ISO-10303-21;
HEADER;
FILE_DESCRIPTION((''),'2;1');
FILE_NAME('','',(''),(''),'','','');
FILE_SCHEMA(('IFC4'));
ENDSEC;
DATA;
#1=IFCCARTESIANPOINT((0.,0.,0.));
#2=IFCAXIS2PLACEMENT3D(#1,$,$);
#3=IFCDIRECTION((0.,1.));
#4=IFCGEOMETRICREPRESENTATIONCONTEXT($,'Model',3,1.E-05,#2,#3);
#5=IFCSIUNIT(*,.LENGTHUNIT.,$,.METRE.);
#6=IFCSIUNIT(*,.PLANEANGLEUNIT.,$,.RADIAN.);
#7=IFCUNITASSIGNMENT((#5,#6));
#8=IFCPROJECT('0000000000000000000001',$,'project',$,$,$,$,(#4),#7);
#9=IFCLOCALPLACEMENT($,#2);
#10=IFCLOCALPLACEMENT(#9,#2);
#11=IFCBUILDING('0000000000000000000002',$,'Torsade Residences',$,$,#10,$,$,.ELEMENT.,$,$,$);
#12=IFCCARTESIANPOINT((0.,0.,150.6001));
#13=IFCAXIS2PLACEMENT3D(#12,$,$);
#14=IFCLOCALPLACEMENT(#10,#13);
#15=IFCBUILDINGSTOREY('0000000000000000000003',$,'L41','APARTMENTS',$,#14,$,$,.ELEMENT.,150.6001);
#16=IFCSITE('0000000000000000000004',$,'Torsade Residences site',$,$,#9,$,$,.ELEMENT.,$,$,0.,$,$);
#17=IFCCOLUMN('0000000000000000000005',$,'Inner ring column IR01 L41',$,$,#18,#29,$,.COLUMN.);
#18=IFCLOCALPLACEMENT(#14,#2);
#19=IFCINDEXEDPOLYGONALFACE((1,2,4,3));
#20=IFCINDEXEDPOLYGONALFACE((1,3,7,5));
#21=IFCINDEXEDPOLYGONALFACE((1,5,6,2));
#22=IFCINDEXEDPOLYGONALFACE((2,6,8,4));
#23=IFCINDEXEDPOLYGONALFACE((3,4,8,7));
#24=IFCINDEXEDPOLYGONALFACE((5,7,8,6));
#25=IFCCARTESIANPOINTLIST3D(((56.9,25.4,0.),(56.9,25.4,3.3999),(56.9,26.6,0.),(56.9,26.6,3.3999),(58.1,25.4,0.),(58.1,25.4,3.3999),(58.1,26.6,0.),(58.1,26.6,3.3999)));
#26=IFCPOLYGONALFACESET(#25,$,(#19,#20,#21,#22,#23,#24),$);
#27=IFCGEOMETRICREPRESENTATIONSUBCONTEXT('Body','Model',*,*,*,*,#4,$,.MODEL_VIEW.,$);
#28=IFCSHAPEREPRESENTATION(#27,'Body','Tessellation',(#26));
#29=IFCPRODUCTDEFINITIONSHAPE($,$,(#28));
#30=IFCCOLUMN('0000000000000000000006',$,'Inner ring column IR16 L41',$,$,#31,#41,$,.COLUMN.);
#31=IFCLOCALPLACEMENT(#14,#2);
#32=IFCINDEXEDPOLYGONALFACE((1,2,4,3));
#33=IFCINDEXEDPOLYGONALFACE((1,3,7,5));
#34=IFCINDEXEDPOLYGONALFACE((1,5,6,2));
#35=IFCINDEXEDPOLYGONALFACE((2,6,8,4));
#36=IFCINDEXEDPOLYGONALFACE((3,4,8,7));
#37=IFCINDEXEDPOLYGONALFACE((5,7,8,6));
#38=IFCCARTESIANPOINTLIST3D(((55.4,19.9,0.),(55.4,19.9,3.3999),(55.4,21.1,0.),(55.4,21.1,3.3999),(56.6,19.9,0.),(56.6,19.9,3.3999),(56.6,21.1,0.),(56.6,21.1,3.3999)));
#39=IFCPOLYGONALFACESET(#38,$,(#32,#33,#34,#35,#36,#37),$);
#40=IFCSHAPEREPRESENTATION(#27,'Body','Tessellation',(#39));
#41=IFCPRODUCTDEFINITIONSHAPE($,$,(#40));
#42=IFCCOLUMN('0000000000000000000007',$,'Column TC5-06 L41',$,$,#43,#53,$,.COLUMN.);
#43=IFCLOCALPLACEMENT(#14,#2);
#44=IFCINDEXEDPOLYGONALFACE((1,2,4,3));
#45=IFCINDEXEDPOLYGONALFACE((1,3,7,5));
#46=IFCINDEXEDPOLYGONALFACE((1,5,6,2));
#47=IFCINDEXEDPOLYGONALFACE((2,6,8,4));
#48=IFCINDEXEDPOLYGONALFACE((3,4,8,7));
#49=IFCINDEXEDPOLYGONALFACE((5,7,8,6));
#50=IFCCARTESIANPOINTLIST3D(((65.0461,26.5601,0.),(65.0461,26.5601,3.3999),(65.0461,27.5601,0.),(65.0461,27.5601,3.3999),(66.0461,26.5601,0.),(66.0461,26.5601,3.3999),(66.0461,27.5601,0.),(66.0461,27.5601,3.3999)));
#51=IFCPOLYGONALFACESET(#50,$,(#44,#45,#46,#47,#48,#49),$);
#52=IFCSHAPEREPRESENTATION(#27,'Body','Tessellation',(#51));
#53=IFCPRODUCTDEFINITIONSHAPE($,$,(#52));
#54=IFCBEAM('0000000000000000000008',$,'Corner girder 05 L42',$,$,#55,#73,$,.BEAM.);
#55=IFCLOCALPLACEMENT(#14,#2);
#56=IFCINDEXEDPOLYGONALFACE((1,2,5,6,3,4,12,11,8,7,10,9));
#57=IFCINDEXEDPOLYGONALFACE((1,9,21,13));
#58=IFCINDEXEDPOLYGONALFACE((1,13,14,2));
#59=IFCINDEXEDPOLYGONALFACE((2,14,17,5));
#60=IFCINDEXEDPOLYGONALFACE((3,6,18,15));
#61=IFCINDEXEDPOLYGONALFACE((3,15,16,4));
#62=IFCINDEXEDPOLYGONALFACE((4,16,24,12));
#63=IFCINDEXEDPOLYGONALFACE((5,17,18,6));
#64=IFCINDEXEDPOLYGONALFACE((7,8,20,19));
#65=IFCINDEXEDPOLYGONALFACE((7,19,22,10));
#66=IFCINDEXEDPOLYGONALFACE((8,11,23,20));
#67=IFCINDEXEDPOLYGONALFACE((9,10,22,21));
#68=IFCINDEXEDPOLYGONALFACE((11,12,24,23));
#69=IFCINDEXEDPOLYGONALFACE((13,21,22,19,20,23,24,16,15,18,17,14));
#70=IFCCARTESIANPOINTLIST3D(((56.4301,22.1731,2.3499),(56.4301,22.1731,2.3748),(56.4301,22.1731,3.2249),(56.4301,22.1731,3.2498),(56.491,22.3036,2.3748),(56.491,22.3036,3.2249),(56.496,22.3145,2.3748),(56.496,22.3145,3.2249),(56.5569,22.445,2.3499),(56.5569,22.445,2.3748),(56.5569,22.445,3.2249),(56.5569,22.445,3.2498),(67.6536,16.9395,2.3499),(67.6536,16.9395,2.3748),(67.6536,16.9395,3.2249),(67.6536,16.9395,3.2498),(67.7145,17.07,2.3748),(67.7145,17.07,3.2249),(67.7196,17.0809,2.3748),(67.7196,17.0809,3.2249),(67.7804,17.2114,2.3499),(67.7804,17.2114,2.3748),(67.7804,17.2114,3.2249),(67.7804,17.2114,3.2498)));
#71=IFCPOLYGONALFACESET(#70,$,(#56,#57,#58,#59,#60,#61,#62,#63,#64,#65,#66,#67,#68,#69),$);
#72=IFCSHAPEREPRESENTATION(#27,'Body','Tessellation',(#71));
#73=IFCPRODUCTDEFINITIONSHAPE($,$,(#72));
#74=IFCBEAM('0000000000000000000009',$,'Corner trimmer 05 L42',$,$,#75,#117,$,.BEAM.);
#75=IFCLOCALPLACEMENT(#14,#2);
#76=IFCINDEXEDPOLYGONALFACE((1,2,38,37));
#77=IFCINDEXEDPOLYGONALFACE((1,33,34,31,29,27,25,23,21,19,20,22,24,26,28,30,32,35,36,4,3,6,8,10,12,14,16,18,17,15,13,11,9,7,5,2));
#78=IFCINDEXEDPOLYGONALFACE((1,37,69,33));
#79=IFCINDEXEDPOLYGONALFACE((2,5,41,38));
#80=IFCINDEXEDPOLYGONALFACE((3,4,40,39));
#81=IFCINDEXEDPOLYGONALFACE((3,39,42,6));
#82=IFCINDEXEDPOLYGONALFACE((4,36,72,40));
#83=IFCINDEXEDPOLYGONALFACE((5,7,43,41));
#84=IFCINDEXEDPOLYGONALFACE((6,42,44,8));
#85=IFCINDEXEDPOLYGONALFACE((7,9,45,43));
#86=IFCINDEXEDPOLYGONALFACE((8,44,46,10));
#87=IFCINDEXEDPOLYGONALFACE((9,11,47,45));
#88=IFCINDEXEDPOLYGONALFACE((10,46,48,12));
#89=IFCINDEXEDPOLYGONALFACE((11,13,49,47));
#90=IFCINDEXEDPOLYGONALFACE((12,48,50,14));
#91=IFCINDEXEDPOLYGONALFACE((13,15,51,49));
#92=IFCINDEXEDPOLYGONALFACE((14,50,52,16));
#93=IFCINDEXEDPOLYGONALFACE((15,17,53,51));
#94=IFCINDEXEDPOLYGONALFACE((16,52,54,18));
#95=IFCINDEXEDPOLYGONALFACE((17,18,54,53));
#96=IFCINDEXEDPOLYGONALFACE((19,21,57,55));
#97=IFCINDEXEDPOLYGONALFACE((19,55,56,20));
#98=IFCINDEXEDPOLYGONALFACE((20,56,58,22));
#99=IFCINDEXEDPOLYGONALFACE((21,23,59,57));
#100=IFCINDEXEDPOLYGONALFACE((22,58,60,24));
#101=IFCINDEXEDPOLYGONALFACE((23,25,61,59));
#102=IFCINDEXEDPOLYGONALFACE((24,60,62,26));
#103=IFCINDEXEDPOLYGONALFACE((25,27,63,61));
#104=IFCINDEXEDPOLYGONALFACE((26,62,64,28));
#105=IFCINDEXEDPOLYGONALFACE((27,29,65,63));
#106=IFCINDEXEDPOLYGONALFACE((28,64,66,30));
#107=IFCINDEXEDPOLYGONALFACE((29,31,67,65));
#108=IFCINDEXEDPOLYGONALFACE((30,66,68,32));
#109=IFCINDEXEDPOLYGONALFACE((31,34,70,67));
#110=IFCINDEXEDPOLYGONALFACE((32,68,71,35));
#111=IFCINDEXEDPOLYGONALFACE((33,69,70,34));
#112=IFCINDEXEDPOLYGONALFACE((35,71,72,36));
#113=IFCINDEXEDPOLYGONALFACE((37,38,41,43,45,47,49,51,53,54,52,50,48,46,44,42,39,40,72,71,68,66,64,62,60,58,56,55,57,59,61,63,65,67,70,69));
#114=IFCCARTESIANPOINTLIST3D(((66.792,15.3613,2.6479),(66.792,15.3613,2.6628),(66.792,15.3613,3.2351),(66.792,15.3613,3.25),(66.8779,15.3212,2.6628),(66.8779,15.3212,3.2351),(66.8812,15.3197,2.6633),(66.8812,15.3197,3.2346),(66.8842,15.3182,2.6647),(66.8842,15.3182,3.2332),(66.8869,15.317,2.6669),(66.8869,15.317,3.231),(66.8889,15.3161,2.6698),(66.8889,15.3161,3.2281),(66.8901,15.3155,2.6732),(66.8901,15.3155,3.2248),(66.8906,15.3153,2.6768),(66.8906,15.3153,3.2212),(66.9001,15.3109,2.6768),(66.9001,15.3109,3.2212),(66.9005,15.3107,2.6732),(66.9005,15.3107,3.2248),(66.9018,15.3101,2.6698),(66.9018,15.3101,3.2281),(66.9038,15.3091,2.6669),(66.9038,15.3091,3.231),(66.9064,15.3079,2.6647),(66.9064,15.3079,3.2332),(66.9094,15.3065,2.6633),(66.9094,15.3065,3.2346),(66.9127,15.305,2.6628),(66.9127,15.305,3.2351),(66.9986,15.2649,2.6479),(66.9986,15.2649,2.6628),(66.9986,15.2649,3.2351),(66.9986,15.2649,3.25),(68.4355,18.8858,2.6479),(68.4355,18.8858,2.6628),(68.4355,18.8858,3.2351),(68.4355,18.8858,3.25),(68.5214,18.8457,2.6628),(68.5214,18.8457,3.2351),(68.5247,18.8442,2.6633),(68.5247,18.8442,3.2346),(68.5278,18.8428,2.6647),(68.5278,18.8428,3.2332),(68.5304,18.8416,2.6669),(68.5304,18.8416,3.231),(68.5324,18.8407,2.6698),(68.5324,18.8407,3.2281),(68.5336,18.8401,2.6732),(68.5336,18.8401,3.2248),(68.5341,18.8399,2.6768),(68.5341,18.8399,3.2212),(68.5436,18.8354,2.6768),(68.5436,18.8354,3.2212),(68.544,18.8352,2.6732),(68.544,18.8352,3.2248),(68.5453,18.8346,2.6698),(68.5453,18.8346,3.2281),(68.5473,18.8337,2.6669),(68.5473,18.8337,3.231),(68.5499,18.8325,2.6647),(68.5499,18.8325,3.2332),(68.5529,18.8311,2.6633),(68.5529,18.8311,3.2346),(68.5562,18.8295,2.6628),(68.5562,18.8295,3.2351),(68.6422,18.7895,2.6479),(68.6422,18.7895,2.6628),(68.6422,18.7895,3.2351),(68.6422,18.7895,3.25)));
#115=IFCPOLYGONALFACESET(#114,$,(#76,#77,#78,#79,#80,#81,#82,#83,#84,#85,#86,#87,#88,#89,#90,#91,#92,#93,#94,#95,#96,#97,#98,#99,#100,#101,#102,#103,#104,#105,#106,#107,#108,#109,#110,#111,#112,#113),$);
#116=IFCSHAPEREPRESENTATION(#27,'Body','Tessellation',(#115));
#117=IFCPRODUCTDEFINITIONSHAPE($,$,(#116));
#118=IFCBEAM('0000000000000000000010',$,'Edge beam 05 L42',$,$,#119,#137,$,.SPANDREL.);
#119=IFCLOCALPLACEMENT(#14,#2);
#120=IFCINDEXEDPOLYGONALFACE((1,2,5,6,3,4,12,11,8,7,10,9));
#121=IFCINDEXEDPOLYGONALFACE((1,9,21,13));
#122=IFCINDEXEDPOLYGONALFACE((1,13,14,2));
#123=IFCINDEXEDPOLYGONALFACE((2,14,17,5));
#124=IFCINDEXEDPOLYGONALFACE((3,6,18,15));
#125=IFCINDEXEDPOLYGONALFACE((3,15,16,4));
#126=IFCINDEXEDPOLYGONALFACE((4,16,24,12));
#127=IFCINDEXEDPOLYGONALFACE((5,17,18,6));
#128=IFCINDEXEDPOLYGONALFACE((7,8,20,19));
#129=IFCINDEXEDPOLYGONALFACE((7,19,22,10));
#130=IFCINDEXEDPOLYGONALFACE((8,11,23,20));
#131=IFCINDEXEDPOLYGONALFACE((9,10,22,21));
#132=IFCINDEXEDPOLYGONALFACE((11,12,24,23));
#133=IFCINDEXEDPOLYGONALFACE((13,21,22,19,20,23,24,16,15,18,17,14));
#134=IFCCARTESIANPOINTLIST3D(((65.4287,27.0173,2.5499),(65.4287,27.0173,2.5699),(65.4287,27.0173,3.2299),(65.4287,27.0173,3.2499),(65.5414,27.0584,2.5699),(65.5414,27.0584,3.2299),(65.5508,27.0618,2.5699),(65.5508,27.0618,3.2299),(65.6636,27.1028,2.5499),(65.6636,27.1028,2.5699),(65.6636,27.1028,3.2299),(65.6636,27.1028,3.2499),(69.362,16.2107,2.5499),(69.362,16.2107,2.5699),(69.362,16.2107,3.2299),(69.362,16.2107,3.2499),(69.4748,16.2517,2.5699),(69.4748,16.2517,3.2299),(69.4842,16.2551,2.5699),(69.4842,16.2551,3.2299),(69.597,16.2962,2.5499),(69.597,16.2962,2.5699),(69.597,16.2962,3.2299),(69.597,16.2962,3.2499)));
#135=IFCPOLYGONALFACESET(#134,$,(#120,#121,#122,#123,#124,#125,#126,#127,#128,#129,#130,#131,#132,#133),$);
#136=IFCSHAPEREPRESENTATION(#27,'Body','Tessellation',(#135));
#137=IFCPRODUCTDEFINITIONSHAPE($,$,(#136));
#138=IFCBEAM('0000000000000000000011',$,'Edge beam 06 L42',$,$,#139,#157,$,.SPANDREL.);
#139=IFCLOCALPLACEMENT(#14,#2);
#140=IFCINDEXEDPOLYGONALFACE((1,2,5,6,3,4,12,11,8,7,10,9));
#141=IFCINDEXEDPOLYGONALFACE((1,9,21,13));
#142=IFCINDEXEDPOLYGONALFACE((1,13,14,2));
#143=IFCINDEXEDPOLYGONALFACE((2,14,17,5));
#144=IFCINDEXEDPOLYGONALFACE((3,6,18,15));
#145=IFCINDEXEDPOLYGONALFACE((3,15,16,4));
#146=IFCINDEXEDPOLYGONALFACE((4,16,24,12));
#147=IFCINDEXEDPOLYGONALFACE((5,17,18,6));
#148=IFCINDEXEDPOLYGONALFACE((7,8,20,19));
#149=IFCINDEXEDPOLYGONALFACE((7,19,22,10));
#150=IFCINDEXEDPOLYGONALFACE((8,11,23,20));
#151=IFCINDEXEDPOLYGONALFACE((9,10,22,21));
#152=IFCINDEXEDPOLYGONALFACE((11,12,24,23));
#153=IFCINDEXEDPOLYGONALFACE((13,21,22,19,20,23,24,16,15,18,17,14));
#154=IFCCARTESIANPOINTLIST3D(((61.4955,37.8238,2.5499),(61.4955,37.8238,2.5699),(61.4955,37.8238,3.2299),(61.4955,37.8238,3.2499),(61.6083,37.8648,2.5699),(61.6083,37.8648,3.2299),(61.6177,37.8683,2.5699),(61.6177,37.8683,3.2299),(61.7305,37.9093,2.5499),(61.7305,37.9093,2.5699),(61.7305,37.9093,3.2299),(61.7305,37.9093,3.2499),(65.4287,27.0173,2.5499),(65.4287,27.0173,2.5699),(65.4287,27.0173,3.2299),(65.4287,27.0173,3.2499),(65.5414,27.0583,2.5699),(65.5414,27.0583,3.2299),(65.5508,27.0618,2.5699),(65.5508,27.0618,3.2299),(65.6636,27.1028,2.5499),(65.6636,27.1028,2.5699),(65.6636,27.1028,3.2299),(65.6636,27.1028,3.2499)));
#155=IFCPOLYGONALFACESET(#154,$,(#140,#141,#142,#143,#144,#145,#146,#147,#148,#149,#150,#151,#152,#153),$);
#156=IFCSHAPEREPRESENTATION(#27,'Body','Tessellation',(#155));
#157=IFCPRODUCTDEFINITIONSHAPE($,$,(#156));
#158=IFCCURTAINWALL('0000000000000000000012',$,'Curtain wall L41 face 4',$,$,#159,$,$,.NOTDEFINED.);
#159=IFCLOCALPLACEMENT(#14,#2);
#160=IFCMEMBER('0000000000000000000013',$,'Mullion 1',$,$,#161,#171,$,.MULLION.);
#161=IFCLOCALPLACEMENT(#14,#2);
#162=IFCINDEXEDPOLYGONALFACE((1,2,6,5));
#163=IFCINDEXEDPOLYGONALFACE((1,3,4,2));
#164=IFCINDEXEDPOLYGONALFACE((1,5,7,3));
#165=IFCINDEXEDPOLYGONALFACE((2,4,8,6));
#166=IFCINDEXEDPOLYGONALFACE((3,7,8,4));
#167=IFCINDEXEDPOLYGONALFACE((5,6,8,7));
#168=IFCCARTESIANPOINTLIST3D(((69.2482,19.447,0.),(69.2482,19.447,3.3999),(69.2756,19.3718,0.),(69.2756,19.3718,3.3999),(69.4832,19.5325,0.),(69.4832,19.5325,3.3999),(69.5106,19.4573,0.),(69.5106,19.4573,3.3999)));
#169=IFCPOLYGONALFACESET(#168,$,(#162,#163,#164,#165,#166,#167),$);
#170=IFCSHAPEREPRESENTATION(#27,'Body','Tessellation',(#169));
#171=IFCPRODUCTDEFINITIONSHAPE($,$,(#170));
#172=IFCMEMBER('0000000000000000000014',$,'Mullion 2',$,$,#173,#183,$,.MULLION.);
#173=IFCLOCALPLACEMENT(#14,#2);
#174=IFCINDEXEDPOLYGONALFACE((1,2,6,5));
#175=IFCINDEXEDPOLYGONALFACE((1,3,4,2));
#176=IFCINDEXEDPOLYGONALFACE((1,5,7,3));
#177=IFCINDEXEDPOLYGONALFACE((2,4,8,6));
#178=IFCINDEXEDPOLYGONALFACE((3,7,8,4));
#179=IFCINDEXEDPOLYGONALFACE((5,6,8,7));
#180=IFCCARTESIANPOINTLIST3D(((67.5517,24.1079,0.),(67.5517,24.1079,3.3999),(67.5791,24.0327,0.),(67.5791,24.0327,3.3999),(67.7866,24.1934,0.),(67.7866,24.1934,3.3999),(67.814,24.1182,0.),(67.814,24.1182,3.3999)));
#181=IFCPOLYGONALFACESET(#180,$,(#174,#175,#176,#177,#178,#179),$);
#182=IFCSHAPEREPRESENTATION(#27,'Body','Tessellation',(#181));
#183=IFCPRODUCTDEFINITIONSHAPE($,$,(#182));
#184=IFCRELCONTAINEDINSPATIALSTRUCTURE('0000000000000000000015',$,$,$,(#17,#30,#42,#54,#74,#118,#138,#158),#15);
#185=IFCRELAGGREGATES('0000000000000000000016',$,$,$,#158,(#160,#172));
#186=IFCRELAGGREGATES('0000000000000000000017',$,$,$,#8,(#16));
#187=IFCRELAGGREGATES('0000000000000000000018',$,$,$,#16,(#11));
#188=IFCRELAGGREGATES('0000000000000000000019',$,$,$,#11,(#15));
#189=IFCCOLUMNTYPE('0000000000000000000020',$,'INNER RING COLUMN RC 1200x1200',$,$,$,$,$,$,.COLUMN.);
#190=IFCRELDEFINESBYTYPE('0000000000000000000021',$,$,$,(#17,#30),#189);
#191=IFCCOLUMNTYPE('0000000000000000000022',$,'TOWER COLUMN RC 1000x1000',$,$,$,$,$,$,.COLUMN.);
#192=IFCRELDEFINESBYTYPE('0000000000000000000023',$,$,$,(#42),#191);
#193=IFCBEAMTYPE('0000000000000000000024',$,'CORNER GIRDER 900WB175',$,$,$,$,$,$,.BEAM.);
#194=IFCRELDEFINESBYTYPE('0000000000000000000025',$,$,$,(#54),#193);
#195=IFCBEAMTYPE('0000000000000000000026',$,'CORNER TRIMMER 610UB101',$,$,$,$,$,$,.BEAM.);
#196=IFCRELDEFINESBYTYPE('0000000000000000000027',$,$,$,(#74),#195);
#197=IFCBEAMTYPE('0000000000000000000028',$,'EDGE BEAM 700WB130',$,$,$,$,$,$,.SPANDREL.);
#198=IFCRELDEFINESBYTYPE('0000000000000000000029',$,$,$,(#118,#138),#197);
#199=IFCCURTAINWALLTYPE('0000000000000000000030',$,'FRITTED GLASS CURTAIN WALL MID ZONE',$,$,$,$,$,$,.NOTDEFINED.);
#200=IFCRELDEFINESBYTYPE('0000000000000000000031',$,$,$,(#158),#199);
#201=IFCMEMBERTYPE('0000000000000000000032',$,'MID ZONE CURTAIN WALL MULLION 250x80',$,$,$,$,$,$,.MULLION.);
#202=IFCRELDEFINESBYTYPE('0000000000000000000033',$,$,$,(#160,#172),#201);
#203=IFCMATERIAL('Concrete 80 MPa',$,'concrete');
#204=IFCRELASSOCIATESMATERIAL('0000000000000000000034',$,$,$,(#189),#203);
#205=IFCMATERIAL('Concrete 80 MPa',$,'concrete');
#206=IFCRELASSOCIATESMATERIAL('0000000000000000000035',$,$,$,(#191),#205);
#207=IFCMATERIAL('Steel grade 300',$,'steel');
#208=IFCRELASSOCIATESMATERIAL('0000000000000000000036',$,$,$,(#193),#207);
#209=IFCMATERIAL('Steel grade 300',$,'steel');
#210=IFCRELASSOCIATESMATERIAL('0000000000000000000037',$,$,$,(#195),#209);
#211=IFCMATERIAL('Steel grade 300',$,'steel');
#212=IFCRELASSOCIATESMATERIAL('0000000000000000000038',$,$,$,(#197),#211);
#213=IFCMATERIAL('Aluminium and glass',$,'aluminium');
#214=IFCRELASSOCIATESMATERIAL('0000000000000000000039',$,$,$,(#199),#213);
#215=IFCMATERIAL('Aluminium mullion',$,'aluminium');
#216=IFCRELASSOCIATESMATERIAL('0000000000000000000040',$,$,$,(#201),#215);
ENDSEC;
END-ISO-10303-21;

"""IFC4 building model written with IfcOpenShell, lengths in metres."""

from ifc_helpers import new_model, si_unit, direction, frame, origin, origin_2d, place, context, subcontext, project, spatial, rectangle, i_section, extrude, material, material_profile, profile_set, type_object, element, aggregate, save


model = new_model("IFC4")

# Units and contexts
model_context = context("Model", 3, precision=1e-05, world=origin(), true_north=direction((0.0, 1.0)))
body_context = subcontext(model_context, "Body", "Model", "MODEL_VIEW")
ifc_project = project(units=[si_unit("LENGTHUNIT", "METRE"), si_unit("PLANEANGLEUNIT", "RADIAN")], contexts=[model_context])

# Site, building, storey
site_placement = place(None, origin())
site = spatial("IfcSite", under=ifc_project, at=site_placement, Name="Torsade Residences site", CompositionType="ELEMENT", RefElevation=0.0)
building_placement = place(site_placement, origin())
building = spatial("IfcBuilding", under=site, at=building_placement, Name="Torsade Residences", CompositionType="ELEMENT")
storey_placement = place(building_placement, frame((0.0, 0.0, 150.6001)))
storey = spatial("IfcBuildingStorey", under=building, at=storey_placement, Name="L41", Description="APARTMENTS", CompositionType="ELEMENT", Elevation=150.6001)

# Columns
ifc_material_1 = material(Name="Concrete 80 MPa", Category="concrete")
ifc_material_profile_1 = material_profile(ifc_material_1, rectangle(XDim=1.2, YDim=1.2, at=origin_2d()), Name="RC 1200x1200")
ifc_profile_set_1 = profile_set([ifc_material_profile_1], Name="Concrete 80 MPa")
column_type_1 = type_object("IfcColumnType", Name="INNER RING COLUMN RC 1200x1200", PredefinedType="COLUMN", material=ifc_profile_set_1)
for number, where, z_axis, x_axis, name in (
    (1, (57.5, 26.0, 0.0), (0.0, 0.0, 1.0), (1.0, 0.0, 0.0), "Inner ring column IR01 L41"),
    (2, (56.0, 20.5, 0.0), (0.0, 0.0, 1.0), (1.0, 0.0, 0.0), "Inner ring column IR16 L41"),
):
    element("IfcColumn", number, at=place(storey_placement, frame(where, z_axis=z_axis, x_axis=x_axis)), inside=storey, type_object=column_type_1, Name=name, PredefinedType="COLUMN", context=body_context, shape_type="SweptSolid", body=[
        extrude(rectangle(XDim=1.2, YDim=1.2, at=origin_2d()), origin(), (0.0, 0.0, 1.0), 3.3999),
    ])
ifc_material_2 = material(Name="Concrete 80 MPa", Category="concrete")
ifc_material_profile_2 = material_profile(ifc_material_2, rectangle(XDim=1.0, YDim=1.0, at=origin_2d()), Name="RC 1000x1000")
ifc_profile_set_2 = profile_set([ifc_material_profile_2], Name="Concrete 80 MPa")
column_type_2 = type_object("IfcColumnType", Name="TOWER COLUMN RC 1000x1000", PredefinedType="COLUMN", material=ifc_profile_set_2)
column_placement = place(storey_placement, frame((65.5461, 27.0601, 0.0), z_axis=(0.0, 0.0, 1.0), x_axis=(1.0, 0.0, 0.0)))
element("IfcColumn", 3, at=column_placement, inside=storey, type_object=column_type_2, Name="Column TC5-06 L41", PredefinedType="COLUMN", context=body_context, shape_type="SweptSolid", body=[
    extrude(rectangle(XDim=1.0, YDim=1.0, at=origin_2d()), origin(), (0.0, 0.0, 1.0), 3.3999),
])

# Beams
ifc_material_3 = material(Name="Steel grade 300", Category="steel")
ifc_material_profile_3 = material_profile(ifc_material_3, i_section(OverallWidth=0.3, OverallDepth=0.8999, WebThickness=0.012, FlangeThickness=0.0249, at=origin_2d()), Name="900WB175")
ifc_profile_set_3 = profile_set([ifc_material_profile_3], Name="Steel grade 300")
beam_type_1 = type_object("IfcBeamType", Name="CORNER GIRDER 900WB175", PredefinedType="BEAM", material=ifc_profile_set_3)
beam_1_placement = place(storey_placement, frame((67.717, 17.0754, 2.7998), z_axis=(-0.906309, 0.422617, 0.0), x_axis=(-0.422617, -0.906309, 0.0)))
element("IfcBeam", 4, at=beam_1_placement, inside=storey, type_object=beam_type_1, Name="Corner girder 05 L42", PredefinedType="BEAM", context=body_context, shape_type="SweptSolid", body=[
    extrude(i_section(OverallWidth=0.3, OverallDepth=0.8999, WebThickness=0.012, FlangeThickness=0.0249, at=origin_2d()), origin(), (0.0, 0.0, 1.0), 12.3838),
])
ifc_material_4 = material(Name="Steel grade 300", Category="steel")
ifc_material_profile_4 = material_profile(ifc_material_4, i_section(OverallWidth=0.228, OverallDepth=0.6021, WebThickness=0.0105, FlangeThickness=0.0149, FilletRadius=0.0139, at=origin_2d()), Name="610UB101")
ifc_profile_set_4 = profile_set([ifc_material_profile_4], Name="Steel grade 300")
beam_type_2 = type_object("IfcBeamType", Name="CORNER TRIMMER 610UB101", PredefinedType="BEAM", material=ifc_profile_set_4)
beam_2_placement = place(storey_placement, frame((68.5388, 18.8376, 2.949), z_axis=(-0.422614, -0.90631, 0.0), x_axis=(0.90631, -0.422614, 0.0)))
element("IfcBeam", 5, at=beam_2_placement, inside=storey, type_object=beam_type_2, Name="Corner trimmer 05 L42", PredefinedType="BEAM", context=body_context, shape_type="SweptSolid", body=[
    extrude(i_section(OverallWidth=0.228, OverallDepth=0.6021, WebThickness=0.0105, FlangeThickness=0.0149, FilletRadius=0.0139, at=origin_2d()), origin(), (0.0, 0.0, 1.0), 3.8889),
])
ifc_material_5 = material(Name="Steel grade 300", Category="steel")
ifc_material_profile_5 = material_profile(ifc_material_5, i_section(OverallWidth=0.25, OverallDepth=0.7, WebThickness=0.01, FlangeThickness=0.02, at=origin_2d()), Name="700WB130")
ifc_profile_set_5 = profile_set([ifc_material_profile_5], Name="Steel grade 300")
beam_type_3 = type_object("IfcBeamType", Name="EDGE BEAM 700WB130", PredefinedType="SPANDREL", material=ifc_profile_set_5)
beam_3_placement = place(storey_placement, frame((69.4795, 16.2534, 2.8999), z_axis=(-0.342024, 0.939691, 0.0), x_axis=(-0.939691, -0.342024, 0.0)))
element("IfcBeam", 6, at=beam_3_placement, inside=storey, type_object=beam_type_3, Name="Edge beam 05 L42", PredefinedType="SPANDREL", context=body_context, shape_type="SweptSolid", body=[
    extrude(i_section(OverallWidth=0.25, OverallDepth=0.7, WebThickness=0.01, FlangeThickness=0.02, at=origin_2d()), origin(), (0.0, 0.0, 1.0), 11.5002),
])
beam_4_placement = place(storey_placement, frame((65.5461, 27.0601, 2.8999), z_axis=(-0.342012, 0.939695, 0.0), x_axis=(-0.939695, -0.342012, 0.0)))
element("IfcBeam", 7, at=beam_4_placement, inside=storey, type_object=beam_type_3, Name="Edge beam 06 L42", PredefinedType="SPANDREL", context=body_context, shape_type="SweptSolid", body=[
    extrude(i_section(OverallWidth=0.25, OverallDepth=0.7, WebThickness=0.01, FlangeThickness=0.02, at=origin_2d()), origin(), (0.0, 0.0, 1.0), 11.5),
])

# Curtain wall, members
ifc_material_6 = material(Name="Aluminium and glass", Category="aluminium")
curtain_wall_type = type_object("IfcCurtainWallType", Name="FRITTED GLASS CURTAIN WALL MID ZONE", PredefinedType="NOTDEFINED", material=ifc_material_6)
curtain_wall_placement = place(storey_placement, origin())
curtain_wall = element("IfcCurtainWall", 8, at=curtain_wall_placement, inside=storey, type_object=curtain_wall_type, Name="Curtain wall L41 face 4", PredefinedType="NOTDEFINED")
ifc_material_7 = material(Name="Aluminium mullion", Category="aluminium")
ifc_material_profile_6 = material_profile(ifc_material_7, rectangle(XDim=0.25, YDim=0.0801, at=origin_2d()), Name="MID ZONE CURTAIN WALL MULLION 250x80")
ifc_profile_set_6 = profile_set([ifc_material_profile_6], Name="Aluminium mullion")
member_type_1 = type_object("IfcMemberType", Name="MID ZONE CURTAIN WALL MULLION 250x80", PredefinedType="MULLION", material=ifc_profile_set_6)
member_1_placement = place(storey_placement, frame((69.3794, 19.4521, 0.0), z_axis=(0.0, 0.0, 1.0), x_axis=(-0.939693, -0.34202, 0.0)))
member_1 = element("IfcMember", 9, at=member_1_placement, type_object=member_type_1, Name="Mullion 1", PredefinedType="MULLION", context=body_context, shape_type="SweptSolid", body=[
    extrude(rectangle(XDim=0.25, YDim=0.0801, at=origin_2d()), origin(), (0.0, 0.0, 1.0), 3.3999),
])
member_2_placement = place(storey_placement, frame((67.6829, 24.113, 0.0), z_axis=(0.0, 0.0, 1.0), x_axis=(-0.939693, -0.34202, 0.0)))
member_2 = element("IfcMember", 10, at=member_2_placement, type_object=member_type_1, Name="Mullion 2", PredefinedType="MULLION", context=body_context, shape_type="SweptSolid", body=[
    extrude(rectangle(XDim=0.25, YDim=0.0801, at=origin_2d()), origin(), (0.0, 0.0, 1.0), 3.3999),
])

aggregate(curtain_wall, [member_1, member_2])

save(model, "model.ifc")
